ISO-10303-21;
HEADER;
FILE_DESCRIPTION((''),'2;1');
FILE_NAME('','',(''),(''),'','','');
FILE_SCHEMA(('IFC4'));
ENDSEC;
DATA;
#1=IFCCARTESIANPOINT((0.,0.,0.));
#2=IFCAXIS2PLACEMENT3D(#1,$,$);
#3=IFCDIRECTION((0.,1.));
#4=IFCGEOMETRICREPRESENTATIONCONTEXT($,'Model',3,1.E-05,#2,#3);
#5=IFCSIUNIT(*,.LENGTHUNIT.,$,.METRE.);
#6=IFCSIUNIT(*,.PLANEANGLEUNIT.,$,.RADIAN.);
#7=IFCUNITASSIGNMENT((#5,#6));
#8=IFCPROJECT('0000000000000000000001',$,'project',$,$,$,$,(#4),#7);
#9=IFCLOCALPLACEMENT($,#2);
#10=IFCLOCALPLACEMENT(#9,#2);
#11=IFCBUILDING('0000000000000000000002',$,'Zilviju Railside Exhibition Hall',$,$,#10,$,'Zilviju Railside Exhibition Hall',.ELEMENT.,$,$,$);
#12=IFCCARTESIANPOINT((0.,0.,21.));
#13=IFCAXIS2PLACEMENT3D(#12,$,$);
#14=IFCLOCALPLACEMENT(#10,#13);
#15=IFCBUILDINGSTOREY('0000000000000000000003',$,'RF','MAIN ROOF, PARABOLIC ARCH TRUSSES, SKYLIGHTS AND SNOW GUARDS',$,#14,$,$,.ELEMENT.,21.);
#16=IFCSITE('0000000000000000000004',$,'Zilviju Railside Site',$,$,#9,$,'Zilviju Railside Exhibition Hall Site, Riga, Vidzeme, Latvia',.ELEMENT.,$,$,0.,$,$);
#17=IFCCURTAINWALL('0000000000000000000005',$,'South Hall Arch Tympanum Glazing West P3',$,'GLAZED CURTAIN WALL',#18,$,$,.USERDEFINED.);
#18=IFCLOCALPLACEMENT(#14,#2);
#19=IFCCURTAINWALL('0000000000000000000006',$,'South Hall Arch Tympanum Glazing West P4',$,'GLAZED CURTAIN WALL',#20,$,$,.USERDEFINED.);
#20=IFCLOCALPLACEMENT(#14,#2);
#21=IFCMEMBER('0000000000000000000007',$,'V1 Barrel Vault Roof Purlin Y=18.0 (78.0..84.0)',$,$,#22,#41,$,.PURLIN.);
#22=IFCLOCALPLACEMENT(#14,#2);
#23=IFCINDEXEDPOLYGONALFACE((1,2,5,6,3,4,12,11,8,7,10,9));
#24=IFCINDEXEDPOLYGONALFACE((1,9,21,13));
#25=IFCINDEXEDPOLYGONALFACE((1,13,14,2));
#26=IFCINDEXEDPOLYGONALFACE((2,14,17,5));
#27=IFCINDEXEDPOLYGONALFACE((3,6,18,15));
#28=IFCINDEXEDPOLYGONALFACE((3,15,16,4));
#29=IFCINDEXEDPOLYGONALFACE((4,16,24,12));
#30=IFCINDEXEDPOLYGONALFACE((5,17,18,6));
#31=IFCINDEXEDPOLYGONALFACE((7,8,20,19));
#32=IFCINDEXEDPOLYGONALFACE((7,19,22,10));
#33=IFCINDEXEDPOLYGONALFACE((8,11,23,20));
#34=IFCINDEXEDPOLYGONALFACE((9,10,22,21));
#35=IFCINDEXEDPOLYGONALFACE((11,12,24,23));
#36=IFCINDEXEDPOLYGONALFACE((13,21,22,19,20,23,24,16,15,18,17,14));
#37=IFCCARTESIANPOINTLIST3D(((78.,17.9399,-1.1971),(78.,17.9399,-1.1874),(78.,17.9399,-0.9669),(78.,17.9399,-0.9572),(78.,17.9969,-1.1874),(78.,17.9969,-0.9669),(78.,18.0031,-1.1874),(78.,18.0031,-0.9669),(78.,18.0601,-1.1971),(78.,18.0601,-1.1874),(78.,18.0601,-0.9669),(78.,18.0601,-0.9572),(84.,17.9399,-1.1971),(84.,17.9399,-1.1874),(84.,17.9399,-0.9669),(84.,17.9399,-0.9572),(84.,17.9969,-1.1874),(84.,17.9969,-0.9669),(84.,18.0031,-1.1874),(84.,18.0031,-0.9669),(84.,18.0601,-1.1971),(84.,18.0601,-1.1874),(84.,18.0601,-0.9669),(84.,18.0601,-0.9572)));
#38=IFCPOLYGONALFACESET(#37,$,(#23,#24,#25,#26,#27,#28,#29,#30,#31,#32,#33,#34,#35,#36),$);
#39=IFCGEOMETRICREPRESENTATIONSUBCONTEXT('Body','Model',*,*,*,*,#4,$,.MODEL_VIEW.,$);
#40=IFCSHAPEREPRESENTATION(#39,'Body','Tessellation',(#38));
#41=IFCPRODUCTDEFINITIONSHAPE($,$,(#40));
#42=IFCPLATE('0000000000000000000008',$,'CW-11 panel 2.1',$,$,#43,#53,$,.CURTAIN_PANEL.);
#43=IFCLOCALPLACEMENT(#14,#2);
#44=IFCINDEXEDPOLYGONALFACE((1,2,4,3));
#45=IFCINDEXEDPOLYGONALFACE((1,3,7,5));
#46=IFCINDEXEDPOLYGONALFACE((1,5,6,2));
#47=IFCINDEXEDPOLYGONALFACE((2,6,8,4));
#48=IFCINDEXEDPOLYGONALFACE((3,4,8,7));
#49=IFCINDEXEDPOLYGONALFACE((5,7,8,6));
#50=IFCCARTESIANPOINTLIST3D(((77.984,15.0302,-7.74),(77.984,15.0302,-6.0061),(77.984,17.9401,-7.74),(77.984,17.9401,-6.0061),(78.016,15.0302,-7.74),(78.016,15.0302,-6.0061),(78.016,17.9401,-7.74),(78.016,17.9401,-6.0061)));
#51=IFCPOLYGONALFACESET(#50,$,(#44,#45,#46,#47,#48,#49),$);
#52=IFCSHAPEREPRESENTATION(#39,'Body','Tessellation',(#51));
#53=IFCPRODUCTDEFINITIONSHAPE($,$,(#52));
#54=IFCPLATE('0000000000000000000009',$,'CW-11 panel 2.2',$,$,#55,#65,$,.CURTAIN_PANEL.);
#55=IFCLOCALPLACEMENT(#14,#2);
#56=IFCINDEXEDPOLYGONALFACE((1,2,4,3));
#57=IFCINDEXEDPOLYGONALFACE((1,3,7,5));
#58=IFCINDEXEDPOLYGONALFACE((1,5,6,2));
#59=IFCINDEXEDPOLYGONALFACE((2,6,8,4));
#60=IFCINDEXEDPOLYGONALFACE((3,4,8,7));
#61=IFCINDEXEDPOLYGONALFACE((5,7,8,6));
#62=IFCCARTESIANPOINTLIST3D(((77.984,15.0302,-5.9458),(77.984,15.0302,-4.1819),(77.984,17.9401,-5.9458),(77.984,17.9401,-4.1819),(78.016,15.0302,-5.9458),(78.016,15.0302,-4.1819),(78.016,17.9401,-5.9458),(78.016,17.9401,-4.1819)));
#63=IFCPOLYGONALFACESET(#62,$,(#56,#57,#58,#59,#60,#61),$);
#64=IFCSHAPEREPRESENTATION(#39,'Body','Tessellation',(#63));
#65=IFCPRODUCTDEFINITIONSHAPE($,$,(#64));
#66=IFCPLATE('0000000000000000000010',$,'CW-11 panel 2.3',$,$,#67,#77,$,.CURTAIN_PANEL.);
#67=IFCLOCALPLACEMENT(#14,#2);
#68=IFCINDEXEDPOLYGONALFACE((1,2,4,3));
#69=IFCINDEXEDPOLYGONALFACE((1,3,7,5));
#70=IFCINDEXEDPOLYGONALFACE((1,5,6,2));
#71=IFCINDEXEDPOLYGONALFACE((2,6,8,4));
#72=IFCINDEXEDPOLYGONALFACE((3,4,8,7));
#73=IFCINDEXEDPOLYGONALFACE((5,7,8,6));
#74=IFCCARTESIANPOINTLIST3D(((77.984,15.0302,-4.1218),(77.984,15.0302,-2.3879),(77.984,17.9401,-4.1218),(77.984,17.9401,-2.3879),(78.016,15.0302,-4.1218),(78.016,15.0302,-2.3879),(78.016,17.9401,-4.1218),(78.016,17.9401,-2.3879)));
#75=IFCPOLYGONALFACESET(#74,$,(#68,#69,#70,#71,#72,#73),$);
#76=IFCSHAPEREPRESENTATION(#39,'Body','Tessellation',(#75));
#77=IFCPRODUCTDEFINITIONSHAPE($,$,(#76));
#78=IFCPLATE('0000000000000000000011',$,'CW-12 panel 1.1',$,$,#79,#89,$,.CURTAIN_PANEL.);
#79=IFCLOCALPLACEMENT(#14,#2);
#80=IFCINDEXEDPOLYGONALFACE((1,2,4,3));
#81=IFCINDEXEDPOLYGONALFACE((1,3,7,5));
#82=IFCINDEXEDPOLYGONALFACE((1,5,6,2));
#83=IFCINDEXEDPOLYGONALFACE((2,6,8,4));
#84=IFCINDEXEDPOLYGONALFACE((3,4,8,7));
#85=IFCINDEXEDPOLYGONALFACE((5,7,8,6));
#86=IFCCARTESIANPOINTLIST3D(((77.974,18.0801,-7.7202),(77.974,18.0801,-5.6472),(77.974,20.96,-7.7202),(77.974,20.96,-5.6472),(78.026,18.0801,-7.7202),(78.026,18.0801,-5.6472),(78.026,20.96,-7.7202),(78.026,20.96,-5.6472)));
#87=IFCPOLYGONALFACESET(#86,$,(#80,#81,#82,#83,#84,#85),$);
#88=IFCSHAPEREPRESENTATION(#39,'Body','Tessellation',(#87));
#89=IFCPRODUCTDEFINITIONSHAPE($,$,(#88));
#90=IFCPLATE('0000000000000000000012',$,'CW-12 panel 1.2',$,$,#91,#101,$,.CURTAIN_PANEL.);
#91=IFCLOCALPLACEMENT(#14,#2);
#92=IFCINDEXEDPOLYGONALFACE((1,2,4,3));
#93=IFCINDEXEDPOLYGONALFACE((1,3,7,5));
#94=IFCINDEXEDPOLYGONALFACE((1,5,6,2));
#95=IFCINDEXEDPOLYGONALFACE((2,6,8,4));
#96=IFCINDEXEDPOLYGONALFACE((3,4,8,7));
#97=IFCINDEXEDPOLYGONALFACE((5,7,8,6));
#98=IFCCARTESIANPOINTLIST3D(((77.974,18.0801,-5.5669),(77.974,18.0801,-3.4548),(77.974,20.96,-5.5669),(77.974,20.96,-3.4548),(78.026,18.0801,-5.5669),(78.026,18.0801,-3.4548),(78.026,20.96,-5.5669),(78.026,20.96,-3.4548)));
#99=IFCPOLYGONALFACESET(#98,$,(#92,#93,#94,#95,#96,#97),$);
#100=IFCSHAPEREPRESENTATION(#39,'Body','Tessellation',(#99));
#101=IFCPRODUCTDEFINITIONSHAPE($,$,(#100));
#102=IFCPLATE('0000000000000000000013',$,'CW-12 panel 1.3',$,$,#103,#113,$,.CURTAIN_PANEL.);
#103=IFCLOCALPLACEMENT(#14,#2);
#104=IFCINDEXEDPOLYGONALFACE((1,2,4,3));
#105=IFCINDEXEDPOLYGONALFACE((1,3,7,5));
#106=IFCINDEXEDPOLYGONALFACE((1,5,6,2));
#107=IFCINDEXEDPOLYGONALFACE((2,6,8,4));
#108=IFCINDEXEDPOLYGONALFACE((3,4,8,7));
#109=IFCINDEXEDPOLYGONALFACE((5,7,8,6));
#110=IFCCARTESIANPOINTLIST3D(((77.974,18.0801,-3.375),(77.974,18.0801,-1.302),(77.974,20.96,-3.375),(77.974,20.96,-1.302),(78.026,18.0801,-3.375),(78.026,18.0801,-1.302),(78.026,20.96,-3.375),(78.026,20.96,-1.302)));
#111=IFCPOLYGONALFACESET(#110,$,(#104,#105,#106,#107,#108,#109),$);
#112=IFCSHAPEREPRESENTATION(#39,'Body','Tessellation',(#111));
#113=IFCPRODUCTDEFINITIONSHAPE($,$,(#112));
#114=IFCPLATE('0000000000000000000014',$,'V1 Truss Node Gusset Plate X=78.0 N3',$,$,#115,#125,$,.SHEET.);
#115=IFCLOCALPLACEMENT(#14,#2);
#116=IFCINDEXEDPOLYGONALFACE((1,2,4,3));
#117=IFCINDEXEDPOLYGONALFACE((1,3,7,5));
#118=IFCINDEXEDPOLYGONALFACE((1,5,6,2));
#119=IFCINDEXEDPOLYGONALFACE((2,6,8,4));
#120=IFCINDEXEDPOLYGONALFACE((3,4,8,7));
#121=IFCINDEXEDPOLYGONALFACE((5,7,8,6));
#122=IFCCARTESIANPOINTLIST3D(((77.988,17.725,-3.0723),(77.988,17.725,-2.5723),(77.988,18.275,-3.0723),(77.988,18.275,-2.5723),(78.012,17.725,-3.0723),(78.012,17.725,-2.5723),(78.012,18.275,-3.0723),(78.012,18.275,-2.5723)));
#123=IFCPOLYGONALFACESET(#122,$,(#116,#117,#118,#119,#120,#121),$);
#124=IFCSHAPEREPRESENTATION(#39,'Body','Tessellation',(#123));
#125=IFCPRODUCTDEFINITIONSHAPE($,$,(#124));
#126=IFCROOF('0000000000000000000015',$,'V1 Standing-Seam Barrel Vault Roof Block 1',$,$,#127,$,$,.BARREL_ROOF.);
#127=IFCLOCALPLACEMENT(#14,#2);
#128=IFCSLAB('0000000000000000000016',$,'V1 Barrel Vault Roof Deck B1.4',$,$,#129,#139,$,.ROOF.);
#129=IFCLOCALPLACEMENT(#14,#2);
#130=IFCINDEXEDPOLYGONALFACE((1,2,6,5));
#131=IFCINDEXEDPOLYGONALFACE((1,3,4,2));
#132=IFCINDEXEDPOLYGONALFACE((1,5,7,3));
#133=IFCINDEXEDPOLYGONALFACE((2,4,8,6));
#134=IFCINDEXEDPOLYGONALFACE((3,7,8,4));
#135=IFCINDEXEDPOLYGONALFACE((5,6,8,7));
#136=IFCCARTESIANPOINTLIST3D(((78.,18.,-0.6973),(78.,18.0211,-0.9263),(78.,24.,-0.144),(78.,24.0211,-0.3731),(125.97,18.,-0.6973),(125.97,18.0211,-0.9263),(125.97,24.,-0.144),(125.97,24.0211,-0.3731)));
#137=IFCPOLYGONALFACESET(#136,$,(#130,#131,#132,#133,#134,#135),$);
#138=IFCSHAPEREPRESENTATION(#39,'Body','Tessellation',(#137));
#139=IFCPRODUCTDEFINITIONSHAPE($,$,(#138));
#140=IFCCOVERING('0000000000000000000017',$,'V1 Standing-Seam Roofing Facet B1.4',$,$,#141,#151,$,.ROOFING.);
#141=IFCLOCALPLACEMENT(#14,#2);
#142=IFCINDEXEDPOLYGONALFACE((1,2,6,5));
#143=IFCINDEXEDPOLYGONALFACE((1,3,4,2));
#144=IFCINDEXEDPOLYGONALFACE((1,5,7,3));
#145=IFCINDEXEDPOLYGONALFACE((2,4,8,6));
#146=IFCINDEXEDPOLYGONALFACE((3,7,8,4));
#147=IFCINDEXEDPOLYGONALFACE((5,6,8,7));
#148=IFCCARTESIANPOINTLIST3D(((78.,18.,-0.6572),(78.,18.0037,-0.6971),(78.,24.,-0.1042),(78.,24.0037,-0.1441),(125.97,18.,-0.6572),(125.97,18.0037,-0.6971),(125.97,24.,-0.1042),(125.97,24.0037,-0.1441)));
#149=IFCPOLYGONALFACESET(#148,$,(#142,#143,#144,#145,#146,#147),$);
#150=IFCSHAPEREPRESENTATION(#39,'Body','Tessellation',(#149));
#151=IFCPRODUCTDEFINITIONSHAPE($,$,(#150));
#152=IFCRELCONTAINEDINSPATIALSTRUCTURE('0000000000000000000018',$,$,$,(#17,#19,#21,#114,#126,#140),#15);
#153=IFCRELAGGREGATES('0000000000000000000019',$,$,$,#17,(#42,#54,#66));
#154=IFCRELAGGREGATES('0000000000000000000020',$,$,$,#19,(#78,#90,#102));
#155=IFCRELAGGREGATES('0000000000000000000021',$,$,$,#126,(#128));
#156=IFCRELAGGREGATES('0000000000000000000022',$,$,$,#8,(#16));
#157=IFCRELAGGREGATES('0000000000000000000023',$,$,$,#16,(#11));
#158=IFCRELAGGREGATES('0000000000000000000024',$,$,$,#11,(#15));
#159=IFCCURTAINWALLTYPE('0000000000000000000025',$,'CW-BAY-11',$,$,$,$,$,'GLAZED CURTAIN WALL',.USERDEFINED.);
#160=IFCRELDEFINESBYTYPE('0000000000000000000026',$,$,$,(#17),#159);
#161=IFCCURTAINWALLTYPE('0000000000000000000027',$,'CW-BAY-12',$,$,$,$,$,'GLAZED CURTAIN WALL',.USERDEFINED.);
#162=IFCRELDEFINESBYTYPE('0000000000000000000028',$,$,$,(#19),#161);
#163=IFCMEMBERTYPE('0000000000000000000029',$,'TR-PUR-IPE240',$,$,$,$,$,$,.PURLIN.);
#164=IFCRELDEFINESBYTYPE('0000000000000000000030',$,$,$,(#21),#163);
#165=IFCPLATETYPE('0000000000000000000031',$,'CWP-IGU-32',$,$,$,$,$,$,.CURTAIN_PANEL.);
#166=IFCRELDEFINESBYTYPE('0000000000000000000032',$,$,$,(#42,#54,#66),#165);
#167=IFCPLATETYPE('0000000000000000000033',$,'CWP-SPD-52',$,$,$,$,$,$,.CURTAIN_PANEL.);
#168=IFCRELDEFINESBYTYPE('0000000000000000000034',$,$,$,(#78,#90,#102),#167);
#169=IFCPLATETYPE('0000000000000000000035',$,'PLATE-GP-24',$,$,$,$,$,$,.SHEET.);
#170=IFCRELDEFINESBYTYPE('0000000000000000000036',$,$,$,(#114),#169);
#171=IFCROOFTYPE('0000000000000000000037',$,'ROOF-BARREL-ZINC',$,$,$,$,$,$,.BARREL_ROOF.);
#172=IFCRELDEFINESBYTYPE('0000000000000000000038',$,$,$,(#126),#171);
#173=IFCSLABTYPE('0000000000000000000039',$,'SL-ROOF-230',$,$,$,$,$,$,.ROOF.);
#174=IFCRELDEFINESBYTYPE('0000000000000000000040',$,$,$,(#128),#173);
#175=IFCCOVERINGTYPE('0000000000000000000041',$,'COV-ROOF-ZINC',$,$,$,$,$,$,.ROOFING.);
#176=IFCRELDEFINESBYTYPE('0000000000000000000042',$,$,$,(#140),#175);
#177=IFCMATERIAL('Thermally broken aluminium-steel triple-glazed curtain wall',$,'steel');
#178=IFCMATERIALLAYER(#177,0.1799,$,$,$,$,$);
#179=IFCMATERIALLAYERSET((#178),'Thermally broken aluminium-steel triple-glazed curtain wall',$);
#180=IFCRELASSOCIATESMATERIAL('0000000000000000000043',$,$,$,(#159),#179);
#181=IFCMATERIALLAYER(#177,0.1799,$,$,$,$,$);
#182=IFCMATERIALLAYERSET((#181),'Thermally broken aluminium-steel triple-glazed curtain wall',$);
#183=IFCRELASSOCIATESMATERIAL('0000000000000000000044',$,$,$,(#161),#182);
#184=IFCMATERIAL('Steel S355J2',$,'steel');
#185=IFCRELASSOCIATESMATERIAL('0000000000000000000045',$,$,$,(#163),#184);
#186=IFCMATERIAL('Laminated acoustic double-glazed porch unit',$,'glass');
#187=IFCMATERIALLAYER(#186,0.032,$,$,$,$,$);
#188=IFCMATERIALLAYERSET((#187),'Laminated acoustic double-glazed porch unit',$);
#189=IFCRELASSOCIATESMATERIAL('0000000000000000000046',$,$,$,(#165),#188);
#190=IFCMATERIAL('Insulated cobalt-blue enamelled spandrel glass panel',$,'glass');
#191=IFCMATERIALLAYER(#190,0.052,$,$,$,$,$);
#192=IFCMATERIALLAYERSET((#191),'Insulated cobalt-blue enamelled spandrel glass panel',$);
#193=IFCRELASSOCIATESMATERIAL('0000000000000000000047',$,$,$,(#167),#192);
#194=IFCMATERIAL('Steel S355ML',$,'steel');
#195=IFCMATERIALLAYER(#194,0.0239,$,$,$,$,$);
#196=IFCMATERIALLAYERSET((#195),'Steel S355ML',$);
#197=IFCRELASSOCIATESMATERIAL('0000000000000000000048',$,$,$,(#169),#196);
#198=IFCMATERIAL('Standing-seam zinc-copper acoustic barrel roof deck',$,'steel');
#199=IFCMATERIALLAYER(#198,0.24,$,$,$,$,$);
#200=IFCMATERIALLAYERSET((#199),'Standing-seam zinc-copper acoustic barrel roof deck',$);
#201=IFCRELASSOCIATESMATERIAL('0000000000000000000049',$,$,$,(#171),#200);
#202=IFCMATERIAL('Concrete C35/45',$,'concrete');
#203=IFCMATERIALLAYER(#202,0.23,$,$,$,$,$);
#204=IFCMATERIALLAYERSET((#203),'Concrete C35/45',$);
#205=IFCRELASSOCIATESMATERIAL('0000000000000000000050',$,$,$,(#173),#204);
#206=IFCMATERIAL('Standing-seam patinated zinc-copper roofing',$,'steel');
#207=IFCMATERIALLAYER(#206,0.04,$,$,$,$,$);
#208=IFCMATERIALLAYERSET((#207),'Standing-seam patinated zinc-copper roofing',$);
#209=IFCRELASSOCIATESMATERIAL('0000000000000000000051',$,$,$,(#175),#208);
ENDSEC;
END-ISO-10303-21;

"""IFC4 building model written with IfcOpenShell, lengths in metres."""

from ifc_helpers import new_model, si_unit, direction, frame, origin, origin_2d, place, context, subcontext, project, spatial, polyline, rectangle, i_section, outline, extrude, material, layer, layer_set, material_profile, profile_set, type_object, element, aggregate, save


model = new_model("IFC4")

# Units and contexts
model_context = context("Model", 3, precision=1e-05, world=origin(), true_north=direction((0.0, 1.0)))
body_context = subcontext(model_context, "Body", "Model", "MODEL_VIEW")
ifc_project = project(units=[si_unit("LENGTHUNIT", "METRE"), si_unit("PLANEANGLEUNIT", "RADIAN")], contexts=[model_context])

# Site, building, storey
site_placement = place(None, origin())
site = spatial("IfcSite", under=ifc_project, at=site_placement, Name="Zilviju Railside Site", LongName="Zilviju Railside Exhibition Hall Site, Riga, Vidzeme, Latvia", CompositionType="ELEMENT", RefElevation=0.0)
building_placement = place(site_placement, origin())
building = spatial("IfcBuilding", under=site, at=building_placement, Name="Zilviju Railside Exhibition Hall", LongName="Zilviju Railside Exhibition Hall", CompositionType="ELEMENT")
storey_placement = place(building_placement, frame((0.0, 0.0, 21.0)))
storey = spatial("IfcBuildingStorey", under=building, at=storey_placement, Name="RF", Description="MAIN ROOF, PARABOLIC ARCH TRUSSES, SKYLIGHTS AND SNOW GUARDS", CompositionType="ELEMENT", Elevation=21.0)

# Curtain wall
ifc_material_1 = material(Name="Thermally broken aluminium-steel triple-glazed curtain wall", Category="steel")
ifc_layer_1 = layer(ifc_material_1, 0.1799)
ifc_layer_set_1 = layer_set([ifc_layer_1], Name="Thermally broken aluminium-steel triple-glazed curtain wall")
curtain_wall_type_1 = type_object("IfcCurtainWallType", Name="CW-BAY-11", ElementType="GLAZED CURTAIN WALL", PredefinedType="USERDEFINED", material=ifc_layer_set_1)
curtain_wall_1_placement = place(storey_placement, origin())
curtain_wall_1 = element("IfcCurtainWall", 1, at=curtain_wall_1_placement, inside=storey, type_object=curtain_wall_type_1, Name="South Hall Arch Tympanum Glazing West P3", ObjectType="GLAZED CURTAIN WALL", PredefinedType="USERDEFINED")

# Curtain wall
ifc_layer_2 = layer(ifc_material_1, 0.1799)
ifc_layer_set_2 = layer_set([ifc_layer_2], Name="Thermally broken aluminium-steel triple-glazed curtain wall")
curtain_wall_type_2 = type_object("IfcCurtainWallType", Name="CW-BAY-12", ElementType="GLAZED CURTAIN WALL", PredefinedType="USERDEFINED", material=ifc_layer_set_2)
curtain_wall_2_placement = place(storey_placement, origin())
curtain_wall_2 = element("IfcCurtainWall", 2, at=curtain_wall_2_placement, inside=storey, type_object=curtain_wall_type_2, Name="South Hall Arch Tympanum Glazing West P4", ObjectType="GLAZED CURTAIN WALL", PredefinedType="USERDEFINED")

# Member
ifc_material_2 = material(Name="Steel S355ML", Category="steel")
ifc_material_3 = material(Name="Steel S355J2", Category="steel")
ifc_material_profile_1 = material_profile(ifc_material_3, i_section(OverallWidth=0.1201, OverallDepth=0.24, WebThickness=0.0061, FlangeThickness=0.0098, at=origin_2d()), Name="IPE 240")
ifc_profile_set_1 = profile_set([ifc_material_profile_1], Name="Steel S355J2")
member_type_1 = type_object("IfcMemberType", Name="TR-PUR-IPE240", PredefinedType="PURLIN", material=ifc_profile_set_1)
member_1_placement = place(storey_placement, frame((78.0, 18.0, -1.0771), z_axis=(1.0, 0.0, 0.0), x_axis=(0.0, 1.0, 0.0)))
element("IfcMember", 3, at=member_1_placement, inside=storey, type_object=member_type_1, Name="V1 Barrel Vault Roof Purlin Y=18.0 (78.0..84.0)", PredefinedType="PURLIN", context=body_context, shape_type="SweptSolid", body=[
    extrude(i_section(OverallWidth=0.1201, OverallDepth=0.24, WebThickness=0.0061, FlangeThickness=0.0098, at=origin_2d()), origin(), (0.0, 0.0, 1.0), 6.0),
])

# Plates
ifc_material_4 = material(Name="Laminated acoustic double-glazed porch unit", Category="glass")
ifc_layer_3 = layer(ifc_material_4, 0.032)
ifc_layer_set_3 = layer_set([ifc_layer_3], Name="Laminated acoustic double-glazed porch unit")
plate_type_1 = type_object("IfcPlateType", Name="CWP-IGU-32", PredefinedType="CURTAIN_PANEL", material=ifc_layer_set_3)
plate_1_placement = place(storey_placement, frame((78.0, 16.4851, -7.74), z_axis=(0.0, 0.0, 1.0), x_axis=(0.0, 1.0, 0.0)))
plate_1 = element("IfcPlate", 4, at=plate_1_placement, type_object=plate_type_1, Name="CW-11 panel 2.1", PredefinedType="CURTAIN_PANEL", context=body_context, shape_type="SweptSolid", body=[
    extrude(rectangle(XDim=2.9099, YDim=0.032, at=origin_2d()), origin(), (0.0, 0.0, 1.0), 1.7339),
])
plate_2_placement = place(storey_placement, frame((78.0, 16.4851, -5.9458), z_axis=(0.0, 0.0, 1.0), x_axis=(0.0, 1.0, 0.0)))
plate_2 = element("IfcPlate", 5, at=plate_2_placement, type_object=plate_type_1, Name="CW-11 panel 2.2", PredefinedType="CURTAIN_PANEL", context=body_context, shape_type="SweptSolid", body=[
    extrude(rectangle(XDim=2.9099, YDim=0.032, at=origin_2d()), origin(), (0.0, 0.0, 1.0), 1.7639),
])
plate_3_placement = place(storey_placement, frame((78.0, 16.4851, -4.1218), z_axis=(0.0, 0.0, 1.0), x_axis=(0.0, 1.0, 0.0)))
plate_3 = element("IfcPlate", 6, at=plate_3_placement, type_object=plate_type_1, Name="CW-11 panel 2.3", PredefinedType="CURTAIN_PANEL", context=body_context, shape_type="SweptSolid", body=[
    extrude(rectangle(XDim=2.9099, YDim=0.032, at=origin_2d()), origin(), (0.0, 0.0, 1.0), 1.7339),
])
aggregate(curtain_wall_1, [plate_1, plate_2, plate_3])
ifc_material_5 = material(Name="Insulated cobalt-blue enamelled spandrel glass panel", Category="glass")
ifc_layer_4 = layer(ifc_material_5, 0.052)
ifc_layer_set_4 = layer_set([ifc_layer_4], Name="Insulated cobalt-blue enamelled spandrel glass panel")
plate_type_2 = type_object("IfcPlateType", Name="CWP-SPD-52", PredefinedType="CURTAIN_PANEL", material=ifc_layer_set_4)
plate_4_placement = place(storey_placement, frame((78.0, 19.52, -7.7202), z_axis=(0.0, 0.0, 1.0), x_axis=(0.0, 1.0, 0.0)))
plate_4 = element("IfcPlate", 7, at=plate_4_placement, type_object=plate_type_2, Name="CW-12 panel 1.1", PredefinedType="CURTAIN_PANEL", context=body_context, shape_type="SweptSolid", body=[
    extrude(rectangle(XDim=2.8799, YDim=0.052, at=origin_2d()), origin(), (0.0, 0.0, 1.0), 2.073),
])
plate_5_placement = place(storey_placement, frame((78.0, 19.52, -5.5669), z_axis=(0.0, 0.0, 1.0), x_axis=(0.0, 1.0, 0.0)))
plate_5 = element("IfcPlate", 8, at=plate_5_placement, type_object=plate_type_2, Name="CW-12 panel 1.2", PredefinedType="CURTAIN_PANEL", context=body_context, shape_type="SweptSolid", body=[
    extrude(rectangle(XDim=2.8799, YDim=0.052, at=origin_2d()), origin(), (0.0, 0.0, 1.0), 2.1121),
])
plate_6_placement = place(storey_placement, frame((78.0, 19.52, -3.375), z_axis=(0.0, 0.0, 1.0), x_axis=(0.0, 1.0, 0.0)))
plate_6 = element("IfcPlate", 9, at=plate_6_placement, type_object=plate_type_2, Name="CW-12 panel 1.3", PredefinedType="CURTAIN_PANEL", context=body_context, shape_type="SweptSolid", body=[
    extrude(rectangle(XDim=2.8799, YDim=0.052, at=origin_2d()), origin(), (0.0, 0.0, 1.0), 2.073),
])
aggregate(curtain_wall_2, [plate_4, plate_5, plate_6])
ifc_layer_5 = layer(ifc_material_2, 0.0239)
ifc_layer_set_5 = layer_set([ifc_layer_5], Name="Steel S355ML")
plate_type_3 = type_object("IfcPlateType", Name="PLATE-GP-24", PredefinedType="SHEET", material=ifc_layer_set_5)
plate_7_placement = place(storey_placement, frame((78.0, 18.0, -3.0723), z_axis=(0.0, 0.0, 1.0), x_axis=(1.0, 0.0, 0.0)))
element("IfcPlate", 10, at=plate_7_placement, inside=storey, type_object=plate_type_3, Name="V1 Truss Node Gusset Plate X=78.0 N3", PredefinedType="SHEET", context=body_context, shape_type="SweptSolid", body=[
    extrude(rectangle(XDim=0.0239, YDim=0.55, at=origin_2d()), origin(), (0.0, 0.0, 1.0), 0.5),
])

# Roof, slab
ifc_material_6 = material(Name="Standing-seam zinc-copper acoustic barrel roof deck", Category="steel")
ifc_layer_6 = layer(ifc_material_6, 0.24)
ifc_layer_set_6 = layer_set([ifc_layer_6], Name="Standing-seam zinc-copper acoustic barrel roof deck")
roof_type = type_object("IfcRoofType", Name="ROOF-BARREL-ZINC", PredefinedType="BARREL_ROOF", material=ifc_layer_set_6)
roof_placement = place(storey_placement, origin())
roof = element("IfcRoof", 11, at=roof_placement, inside=storey, type_object=roof_type, Name="V1 Standing-Seam Barrel Vault Roof Block 1", PredefinedType="BARREL_ROOF")
ifc_material_7 = material(Name="Concrete C35/45", Category="concrete")
ifc_layer_7 = layer(ifc_material_7, 0.23)
ifc_layer_set_7 = layer_set([ifc_layer_7], Name="Concrete C35/45")
slab_type = type_object("IfcSlabType", Name="SL-ROOF-230", PredefinedType="ROOF", material=ifc_layer_set_7)
slab_placement = place(storey_placement, frame((78.0, 18.0, -0.6973), z_axis=(0.0, -0.091814, 0.995776), x_axis=(1.0, 0.0, 0.0)))
slab = element("IfcSlab", 12, at=slab_placement, type_object=slab_type, Name="V1 Barrel Vault Roof Deck B1.4", PredefinedType="ROOF", context=body_context, shape_type="SweptSolid", body=[
    extrude(outline(polyline([(0.0, 0.0), (47.97, 0.0), (47.97, 6.0255), (0.0, 6.0255), (0.0, 0.0)])), origin(), (0.0, 0.0, -1.0), 0.23),
])
aggregate(roof, [slab])

# Covering
ifc_material_8 = material(Name="Standing-seam patinated zinc-copper roofing", Category="steel")
ifc_layer_8 = layer(ifc_material_8, 0.04)
ifc_layer_set_8 = layer_set([ifc_layer_8], Name="Standing-seam patinated zinc-copper roofing")
covering_type = type_object("IfcCoveringType", Name="COV-ROOF-ZINC", PredefinedType="ROOFING", material=ifc_layer_set_8)
covering_placement = place(storey_placement, frame((78.0, 18.0, -0.6572), z_axis=(0.0, -0.091774, 0.99578), x_axis=(1.0, 0.0, 0.0)))
element("IfcCovering", 13, at=covering_placement, inside=storey, type_object=covering_type, Name="V1 Standing-Seam Roofing Facet B1.4", PredefinedType="ROOFING", context=body_context, shape_type="SweptSolid", body=[
    extrude(outline(polyline([(0.0, 0.0), (47.97, 0.0), (47.97, 6.0254), (0.0, 6.0254), (0.0, 0.0)])), origin(), (0.0, 0.0, -1.0), 0.04),
])

save(model, "model.ifc")
